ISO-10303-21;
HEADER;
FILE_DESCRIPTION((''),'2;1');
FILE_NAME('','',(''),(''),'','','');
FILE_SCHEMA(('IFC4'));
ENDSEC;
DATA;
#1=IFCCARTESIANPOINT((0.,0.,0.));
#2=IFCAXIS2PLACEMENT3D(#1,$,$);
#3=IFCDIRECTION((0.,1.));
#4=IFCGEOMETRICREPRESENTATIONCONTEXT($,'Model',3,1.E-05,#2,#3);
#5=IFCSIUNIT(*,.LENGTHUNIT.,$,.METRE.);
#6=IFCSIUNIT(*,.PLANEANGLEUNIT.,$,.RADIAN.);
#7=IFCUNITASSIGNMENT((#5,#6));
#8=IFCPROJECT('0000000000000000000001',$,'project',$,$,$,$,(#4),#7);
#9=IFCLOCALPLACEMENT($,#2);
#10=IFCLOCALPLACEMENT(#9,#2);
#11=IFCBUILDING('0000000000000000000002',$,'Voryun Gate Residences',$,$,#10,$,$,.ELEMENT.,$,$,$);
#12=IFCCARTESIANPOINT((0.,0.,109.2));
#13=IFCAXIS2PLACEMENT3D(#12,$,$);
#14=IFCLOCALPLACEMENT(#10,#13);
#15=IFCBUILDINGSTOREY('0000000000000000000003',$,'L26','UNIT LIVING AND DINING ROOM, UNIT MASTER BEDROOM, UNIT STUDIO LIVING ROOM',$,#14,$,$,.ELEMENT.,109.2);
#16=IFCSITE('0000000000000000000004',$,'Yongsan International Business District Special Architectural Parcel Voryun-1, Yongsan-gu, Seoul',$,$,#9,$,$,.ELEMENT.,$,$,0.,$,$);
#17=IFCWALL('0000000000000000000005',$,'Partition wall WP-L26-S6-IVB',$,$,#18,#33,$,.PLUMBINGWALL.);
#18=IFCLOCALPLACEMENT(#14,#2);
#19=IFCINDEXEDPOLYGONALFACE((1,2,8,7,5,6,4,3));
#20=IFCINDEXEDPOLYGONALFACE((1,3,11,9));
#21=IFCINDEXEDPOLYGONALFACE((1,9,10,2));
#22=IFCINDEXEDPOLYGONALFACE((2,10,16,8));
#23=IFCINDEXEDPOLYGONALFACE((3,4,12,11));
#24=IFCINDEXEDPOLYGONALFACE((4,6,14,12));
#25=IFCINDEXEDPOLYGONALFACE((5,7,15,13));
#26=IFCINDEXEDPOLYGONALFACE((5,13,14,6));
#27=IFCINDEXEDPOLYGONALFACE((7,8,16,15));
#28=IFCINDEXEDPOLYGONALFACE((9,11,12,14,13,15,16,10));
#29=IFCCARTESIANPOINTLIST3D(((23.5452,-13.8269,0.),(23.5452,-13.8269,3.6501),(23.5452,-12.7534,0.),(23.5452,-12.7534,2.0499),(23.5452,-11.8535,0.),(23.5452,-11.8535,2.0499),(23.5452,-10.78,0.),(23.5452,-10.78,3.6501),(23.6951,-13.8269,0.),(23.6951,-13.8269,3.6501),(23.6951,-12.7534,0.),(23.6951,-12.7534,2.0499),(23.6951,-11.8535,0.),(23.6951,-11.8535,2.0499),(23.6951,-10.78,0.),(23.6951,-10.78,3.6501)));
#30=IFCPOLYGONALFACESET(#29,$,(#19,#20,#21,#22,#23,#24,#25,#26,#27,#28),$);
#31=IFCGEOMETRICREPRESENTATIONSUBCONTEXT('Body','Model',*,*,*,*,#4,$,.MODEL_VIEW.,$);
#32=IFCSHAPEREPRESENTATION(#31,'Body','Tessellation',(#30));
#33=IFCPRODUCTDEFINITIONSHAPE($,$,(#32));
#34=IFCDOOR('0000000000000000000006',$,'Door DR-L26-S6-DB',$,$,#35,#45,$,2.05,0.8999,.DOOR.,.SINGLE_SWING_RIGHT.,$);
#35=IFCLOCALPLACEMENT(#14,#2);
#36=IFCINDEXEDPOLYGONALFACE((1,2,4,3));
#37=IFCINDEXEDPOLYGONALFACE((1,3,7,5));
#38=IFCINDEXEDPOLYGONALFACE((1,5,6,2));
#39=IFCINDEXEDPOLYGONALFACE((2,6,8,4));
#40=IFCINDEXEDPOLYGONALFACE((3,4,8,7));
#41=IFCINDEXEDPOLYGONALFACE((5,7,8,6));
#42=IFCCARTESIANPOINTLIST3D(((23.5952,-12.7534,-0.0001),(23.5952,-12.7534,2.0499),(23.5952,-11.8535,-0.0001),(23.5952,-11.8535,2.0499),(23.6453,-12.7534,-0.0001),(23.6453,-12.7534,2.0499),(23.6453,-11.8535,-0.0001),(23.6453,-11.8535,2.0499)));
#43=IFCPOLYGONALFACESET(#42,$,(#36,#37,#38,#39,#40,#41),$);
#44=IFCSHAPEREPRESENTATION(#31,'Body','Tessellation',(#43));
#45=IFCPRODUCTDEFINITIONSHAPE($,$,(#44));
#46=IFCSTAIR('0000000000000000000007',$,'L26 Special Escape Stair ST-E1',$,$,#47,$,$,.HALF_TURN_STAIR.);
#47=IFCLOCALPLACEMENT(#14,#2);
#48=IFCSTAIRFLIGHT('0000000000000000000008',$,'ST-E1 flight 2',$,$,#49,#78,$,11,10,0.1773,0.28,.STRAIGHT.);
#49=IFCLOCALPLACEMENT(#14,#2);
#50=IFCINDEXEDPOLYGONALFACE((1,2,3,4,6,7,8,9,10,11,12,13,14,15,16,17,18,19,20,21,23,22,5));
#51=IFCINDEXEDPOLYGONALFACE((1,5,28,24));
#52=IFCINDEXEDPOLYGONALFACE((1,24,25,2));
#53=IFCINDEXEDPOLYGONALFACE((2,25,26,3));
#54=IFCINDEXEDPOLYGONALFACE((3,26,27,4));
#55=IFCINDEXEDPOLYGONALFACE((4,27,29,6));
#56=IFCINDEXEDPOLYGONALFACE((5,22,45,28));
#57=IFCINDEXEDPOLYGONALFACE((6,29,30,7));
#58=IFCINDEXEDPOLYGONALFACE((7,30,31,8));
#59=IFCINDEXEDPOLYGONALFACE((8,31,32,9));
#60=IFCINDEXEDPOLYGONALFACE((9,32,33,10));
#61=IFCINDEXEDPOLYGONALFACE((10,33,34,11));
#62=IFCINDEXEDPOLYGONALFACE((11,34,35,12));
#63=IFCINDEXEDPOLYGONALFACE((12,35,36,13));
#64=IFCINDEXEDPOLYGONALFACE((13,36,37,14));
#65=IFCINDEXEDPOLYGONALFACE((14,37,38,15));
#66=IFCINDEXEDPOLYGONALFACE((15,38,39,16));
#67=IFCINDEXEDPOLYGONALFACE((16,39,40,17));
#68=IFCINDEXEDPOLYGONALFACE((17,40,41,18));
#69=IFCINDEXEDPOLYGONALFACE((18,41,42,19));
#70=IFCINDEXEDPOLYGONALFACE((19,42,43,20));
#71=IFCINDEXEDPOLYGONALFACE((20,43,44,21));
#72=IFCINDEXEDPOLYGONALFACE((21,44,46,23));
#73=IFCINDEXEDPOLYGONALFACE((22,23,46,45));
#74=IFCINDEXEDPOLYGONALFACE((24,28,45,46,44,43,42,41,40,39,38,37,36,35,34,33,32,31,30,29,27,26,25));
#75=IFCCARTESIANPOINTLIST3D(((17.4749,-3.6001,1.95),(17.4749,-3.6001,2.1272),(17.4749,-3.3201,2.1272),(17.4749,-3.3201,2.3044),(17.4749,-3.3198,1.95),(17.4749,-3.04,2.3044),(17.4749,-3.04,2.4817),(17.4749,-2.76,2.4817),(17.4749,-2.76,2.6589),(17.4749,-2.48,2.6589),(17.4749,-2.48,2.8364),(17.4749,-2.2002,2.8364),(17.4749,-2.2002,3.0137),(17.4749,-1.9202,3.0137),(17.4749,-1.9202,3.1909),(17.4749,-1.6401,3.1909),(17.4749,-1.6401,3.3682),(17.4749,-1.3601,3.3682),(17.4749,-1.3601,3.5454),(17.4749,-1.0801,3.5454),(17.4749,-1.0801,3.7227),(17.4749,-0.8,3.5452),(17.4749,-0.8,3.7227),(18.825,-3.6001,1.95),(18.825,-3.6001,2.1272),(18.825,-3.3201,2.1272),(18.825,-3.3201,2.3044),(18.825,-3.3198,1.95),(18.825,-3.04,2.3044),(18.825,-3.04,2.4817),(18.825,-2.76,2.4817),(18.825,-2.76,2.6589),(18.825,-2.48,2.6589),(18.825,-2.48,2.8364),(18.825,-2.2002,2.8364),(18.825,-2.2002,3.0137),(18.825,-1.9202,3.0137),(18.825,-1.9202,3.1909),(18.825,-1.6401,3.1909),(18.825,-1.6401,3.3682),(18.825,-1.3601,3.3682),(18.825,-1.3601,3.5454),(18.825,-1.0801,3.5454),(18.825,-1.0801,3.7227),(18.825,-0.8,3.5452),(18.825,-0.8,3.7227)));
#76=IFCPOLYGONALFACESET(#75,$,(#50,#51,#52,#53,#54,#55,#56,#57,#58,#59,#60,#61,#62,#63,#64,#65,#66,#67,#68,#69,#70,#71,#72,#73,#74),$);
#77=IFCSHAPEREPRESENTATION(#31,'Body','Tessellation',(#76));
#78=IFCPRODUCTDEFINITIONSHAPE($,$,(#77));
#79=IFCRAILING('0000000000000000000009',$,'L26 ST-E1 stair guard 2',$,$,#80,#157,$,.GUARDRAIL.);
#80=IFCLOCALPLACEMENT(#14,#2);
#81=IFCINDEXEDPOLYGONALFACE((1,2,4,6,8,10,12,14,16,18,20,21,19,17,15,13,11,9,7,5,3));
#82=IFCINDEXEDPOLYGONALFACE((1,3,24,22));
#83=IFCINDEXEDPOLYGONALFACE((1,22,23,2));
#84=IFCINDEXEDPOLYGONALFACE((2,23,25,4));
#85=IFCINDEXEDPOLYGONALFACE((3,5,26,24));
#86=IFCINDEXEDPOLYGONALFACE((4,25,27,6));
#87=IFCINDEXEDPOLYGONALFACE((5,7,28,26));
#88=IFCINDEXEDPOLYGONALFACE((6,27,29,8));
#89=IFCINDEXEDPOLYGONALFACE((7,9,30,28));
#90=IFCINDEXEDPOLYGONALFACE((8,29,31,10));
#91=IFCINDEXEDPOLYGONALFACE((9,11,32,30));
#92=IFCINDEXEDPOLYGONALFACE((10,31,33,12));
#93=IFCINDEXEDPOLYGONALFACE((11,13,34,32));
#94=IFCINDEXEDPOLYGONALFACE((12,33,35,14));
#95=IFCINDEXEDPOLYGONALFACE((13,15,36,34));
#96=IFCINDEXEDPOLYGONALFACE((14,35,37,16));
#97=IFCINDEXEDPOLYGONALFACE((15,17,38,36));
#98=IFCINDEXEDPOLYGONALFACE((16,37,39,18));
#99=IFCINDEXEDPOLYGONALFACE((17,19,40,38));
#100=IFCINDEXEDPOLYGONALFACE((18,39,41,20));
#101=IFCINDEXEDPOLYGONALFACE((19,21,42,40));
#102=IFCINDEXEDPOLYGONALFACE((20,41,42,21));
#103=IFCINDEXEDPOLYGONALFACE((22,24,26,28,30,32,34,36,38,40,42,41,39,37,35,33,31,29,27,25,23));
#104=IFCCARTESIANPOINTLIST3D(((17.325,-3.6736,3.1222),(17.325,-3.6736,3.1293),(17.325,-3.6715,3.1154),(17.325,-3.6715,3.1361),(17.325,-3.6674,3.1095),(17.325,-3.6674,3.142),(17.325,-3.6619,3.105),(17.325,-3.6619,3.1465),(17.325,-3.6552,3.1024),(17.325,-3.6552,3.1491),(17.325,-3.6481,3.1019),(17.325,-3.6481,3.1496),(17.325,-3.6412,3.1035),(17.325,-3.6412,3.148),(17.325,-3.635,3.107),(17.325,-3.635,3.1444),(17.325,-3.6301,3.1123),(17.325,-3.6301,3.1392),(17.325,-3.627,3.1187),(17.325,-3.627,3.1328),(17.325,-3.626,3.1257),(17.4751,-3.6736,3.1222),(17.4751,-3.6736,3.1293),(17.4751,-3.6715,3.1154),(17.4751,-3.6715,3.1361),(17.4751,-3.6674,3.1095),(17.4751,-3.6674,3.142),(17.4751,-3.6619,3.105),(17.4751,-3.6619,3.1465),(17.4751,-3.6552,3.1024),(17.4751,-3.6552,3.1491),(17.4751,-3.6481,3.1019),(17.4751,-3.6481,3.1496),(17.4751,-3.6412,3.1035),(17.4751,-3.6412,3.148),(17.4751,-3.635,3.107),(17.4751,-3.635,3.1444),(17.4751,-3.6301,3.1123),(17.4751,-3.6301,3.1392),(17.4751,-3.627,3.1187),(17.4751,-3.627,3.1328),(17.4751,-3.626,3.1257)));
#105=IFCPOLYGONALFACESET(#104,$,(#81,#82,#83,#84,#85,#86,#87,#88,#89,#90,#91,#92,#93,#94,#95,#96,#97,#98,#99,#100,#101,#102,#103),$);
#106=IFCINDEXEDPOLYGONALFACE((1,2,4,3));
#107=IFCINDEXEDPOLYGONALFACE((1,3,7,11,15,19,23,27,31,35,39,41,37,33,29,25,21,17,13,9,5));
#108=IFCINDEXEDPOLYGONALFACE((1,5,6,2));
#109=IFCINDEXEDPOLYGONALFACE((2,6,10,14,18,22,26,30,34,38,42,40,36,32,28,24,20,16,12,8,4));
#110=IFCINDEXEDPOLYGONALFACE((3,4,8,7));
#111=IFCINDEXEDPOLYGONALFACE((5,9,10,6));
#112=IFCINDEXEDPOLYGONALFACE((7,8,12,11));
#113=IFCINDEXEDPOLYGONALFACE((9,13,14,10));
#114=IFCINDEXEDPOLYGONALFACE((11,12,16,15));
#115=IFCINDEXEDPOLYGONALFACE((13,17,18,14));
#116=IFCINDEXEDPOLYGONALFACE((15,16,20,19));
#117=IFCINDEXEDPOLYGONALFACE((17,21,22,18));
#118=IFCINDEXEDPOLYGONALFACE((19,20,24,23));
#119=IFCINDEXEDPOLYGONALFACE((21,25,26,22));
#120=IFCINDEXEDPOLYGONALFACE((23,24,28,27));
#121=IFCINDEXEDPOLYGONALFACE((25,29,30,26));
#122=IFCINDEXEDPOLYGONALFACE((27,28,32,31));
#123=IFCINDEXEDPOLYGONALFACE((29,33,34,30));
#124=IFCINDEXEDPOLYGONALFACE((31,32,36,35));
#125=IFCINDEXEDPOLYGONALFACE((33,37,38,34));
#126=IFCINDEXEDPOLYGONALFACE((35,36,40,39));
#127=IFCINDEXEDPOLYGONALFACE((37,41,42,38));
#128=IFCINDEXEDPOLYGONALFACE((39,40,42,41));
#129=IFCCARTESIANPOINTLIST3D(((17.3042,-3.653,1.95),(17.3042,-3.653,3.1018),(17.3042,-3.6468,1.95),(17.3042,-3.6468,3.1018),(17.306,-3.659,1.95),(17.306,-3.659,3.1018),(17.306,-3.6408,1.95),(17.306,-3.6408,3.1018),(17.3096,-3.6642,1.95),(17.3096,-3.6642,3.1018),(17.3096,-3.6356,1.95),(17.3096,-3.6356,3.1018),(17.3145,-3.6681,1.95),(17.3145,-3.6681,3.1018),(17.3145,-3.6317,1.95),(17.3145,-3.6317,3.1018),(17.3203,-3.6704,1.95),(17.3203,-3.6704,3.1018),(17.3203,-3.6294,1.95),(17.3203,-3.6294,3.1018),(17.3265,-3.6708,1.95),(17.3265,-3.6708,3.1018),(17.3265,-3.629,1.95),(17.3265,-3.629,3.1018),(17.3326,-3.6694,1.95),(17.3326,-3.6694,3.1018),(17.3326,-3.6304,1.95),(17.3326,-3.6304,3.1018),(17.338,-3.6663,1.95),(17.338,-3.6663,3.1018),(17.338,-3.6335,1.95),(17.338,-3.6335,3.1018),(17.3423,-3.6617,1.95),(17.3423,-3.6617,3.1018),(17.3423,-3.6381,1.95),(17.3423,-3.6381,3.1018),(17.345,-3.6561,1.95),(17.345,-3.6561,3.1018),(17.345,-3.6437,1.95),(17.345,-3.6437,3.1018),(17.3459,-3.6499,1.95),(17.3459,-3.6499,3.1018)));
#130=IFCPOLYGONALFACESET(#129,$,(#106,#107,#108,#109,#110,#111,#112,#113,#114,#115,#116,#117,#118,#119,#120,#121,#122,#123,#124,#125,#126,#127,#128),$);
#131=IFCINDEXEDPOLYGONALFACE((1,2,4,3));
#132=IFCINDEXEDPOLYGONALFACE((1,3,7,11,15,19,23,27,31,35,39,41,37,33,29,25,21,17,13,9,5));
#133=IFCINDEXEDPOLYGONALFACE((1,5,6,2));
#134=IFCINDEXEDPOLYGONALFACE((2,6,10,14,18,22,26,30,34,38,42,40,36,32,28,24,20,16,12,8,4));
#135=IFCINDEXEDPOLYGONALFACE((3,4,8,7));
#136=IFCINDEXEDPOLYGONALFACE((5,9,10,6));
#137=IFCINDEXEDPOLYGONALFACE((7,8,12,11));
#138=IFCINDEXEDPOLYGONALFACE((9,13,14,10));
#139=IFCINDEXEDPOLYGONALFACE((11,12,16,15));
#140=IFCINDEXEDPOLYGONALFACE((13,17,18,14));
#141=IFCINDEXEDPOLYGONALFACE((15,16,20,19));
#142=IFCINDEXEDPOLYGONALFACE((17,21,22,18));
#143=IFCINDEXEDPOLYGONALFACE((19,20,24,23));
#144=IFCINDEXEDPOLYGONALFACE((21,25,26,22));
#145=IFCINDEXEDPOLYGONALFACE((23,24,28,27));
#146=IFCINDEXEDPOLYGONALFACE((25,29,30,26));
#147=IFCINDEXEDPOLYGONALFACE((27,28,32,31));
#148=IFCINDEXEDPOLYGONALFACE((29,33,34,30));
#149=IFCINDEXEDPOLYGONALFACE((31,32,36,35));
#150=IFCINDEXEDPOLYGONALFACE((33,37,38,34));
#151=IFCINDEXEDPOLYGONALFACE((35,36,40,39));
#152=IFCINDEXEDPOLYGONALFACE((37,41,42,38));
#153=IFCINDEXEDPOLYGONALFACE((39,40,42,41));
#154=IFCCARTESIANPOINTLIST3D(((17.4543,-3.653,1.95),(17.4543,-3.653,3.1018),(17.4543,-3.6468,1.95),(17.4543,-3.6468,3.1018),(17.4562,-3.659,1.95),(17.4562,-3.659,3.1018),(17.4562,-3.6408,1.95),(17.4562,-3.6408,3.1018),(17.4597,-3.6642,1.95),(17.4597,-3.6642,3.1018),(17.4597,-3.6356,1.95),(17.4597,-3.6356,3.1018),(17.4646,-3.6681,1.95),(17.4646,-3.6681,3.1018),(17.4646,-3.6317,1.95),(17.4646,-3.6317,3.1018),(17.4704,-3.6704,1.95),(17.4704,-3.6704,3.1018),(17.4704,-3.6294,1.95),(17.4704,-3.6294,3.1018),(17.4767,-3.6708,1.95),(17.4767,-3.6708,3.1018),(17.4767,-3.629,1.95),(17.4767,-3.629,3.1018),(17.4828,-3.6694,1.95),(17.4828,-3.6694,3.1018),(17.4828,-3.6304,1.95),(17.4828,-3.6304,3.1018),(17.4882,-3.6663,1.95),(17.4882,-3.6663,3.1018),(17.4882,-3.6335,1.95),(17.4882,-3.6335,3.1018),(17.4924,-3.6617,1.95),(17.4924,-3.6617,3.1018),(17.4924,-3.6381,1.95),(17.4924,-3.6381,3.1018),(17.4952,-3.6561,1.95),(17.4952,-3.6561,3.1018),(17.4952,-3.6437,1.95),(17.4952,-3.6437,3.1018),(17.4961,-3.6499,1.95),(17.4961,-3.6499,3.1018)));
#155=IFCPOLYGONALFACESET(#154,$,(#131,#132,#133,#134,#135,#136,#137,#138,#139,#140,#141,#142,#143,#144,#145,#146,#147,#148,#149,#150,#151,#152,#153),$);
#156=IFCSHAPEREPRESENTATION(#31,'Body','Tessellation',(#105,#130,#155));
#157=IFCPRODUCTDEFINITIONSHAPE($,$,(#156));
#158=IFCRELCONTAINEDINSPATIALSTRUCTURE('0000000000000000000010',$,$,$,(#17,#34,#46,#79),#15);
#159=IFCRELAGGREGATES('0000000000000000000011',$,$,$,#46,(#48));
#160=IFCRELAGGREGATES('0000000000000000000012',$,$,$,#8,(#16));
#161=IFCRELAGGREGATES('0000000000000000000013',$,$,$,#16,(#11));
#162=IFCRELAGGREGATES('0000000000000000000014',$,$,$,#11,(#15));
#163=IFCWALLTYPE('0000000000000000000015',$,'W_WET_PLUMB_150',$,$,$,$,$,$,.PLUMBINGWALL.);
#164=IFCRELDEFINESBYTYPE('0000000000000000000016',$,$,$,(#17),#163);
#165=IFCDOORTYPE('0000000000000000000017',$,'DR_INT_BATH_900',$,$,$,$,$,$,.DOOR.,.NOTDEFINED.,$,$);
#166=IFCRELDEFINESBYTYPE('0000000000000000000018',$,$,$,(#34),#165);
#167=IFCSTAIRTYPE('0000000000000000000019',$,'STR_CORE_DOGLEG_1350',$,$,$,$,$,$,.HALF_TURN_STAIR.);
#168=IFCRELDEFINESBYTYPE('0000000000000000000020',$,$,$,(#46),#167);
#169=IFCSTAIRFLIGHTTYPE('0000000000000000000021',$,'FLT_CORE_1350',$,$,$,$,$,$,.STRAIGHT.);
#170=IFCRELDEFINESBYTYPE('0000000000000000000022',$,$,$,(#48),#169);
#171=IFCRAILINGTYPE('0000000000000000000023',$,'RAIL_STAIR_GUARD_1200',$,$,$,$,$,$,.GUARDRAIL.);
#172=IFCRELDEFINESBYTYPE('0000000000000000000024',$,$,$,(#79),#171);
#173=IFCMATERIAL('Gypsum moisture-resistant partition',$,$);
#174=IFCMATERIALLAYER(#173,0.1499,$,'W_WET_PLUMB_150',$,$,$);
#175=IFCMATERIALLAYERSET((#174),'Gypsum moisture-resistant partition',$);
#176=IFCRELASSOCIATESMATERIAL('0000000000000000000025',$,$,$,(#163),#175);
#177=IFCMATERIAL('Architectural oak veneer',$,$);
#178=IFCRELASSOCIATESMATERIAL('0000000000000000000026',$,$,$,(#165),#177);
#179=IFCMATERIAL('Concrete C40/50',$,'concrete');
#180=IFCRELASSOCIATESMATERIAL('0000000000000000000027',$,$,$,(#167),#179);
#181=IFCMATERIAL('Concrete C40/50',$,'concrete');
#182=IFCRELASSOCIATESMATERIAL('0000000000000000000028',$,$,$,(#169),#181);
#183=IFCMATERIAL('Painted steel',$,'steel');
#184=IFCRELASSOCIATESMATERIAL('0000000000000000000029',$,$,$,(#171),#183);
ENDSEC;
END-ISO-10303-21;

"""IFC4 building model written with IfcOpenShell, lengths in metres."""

from ifc_helpers import new_model, si_unit, direction, frame, frame_2d, origin, origin_2d, place, context, subcontext, project, spatial, polyline, rectangle, circle, outline, extrude, material, layer, layer_set, type_object, element, fill, aggregate, save


model = new_model("IFC4")

# Units and contexts
model_context = context("Model", 3, precision=1e-05, world=origin(), true_north=direction((0.0, 1.0)))
body_context = subcontext(model_context, "Body", "Model", "MODEL_VIEW")
ifc_project = project(units=[si_unit("LENGTHUNIT", "METRE"), si_unit("PLANEANGLEUNIT", "RADIAN")], contexts=[model_context])

# Site, building, storey
site_placement = place(None, origin())
site = spatial("IfcSite", under=ifc_project, at=site_placement, Name="Yongsan International Business District Special Architectural Parcel Voryun-1, Yongsan-gu, Seoul", CompositionType="ELEMENT", RefElevation=0.0)
building_placement = place(site_placement, origin())
building = spatial("IfcBuilding", under=site, at=building_placement, Name="Voryun Gate Residences", CompositionType="ELEMENT")
storey_placement = place(building_placement, frame((0.0, 0.0, 109.2)))
storey = spatial("IfcBuildingStorey", under=building, at=storey_placement, Name="L26", Description="UNIT LIVING AND DINING ROOM, UNIT MASTER BEDROOM, UNIT STUDIO LIVING ROOM", CompositionType="ELEMENT", Elevation=109.2)

# Shared definitions
ifc_material_1 = material(Name="Gypsum moisture-resistant partition")
ifc_layer_1 = layer(ifc_material_1, 0.1499, Name="W_WET_PLUMB_150")
ifc_layer_set_1 = layer_set([ifc_layer_1], Name="Gypsum moisture-resistant partition")
wall_type_1 = type_object("IfcWallType", Name="W_WET_PLUMB_150", PredefinedType="PLUMBINGWALL", material=ifc_layer_set_1)

# Wall, opening, door
wall_1_placement = place(storey_placement, frame((23.6201, -13.8269, 0.0), z_axis=(0.0, 0.0, 1.0), x_axis=(0.0, 1.0, 0.0)))
wall_1 = element("IfcWall", 1, at=wall_1_placement, inside=storey, type_object=wall_type_1, Name="Partition wall WP-L26-S6-IVB", PredefinedType="PLUMBINGWALL", context=body_context, shape_type="SweptSolid", body=[
    extrude(rectangle(XDim=3.0469, YDim=0.1499, at=frame_2d((1.5234, 0.0))), origin(), (0.0, 0.0, 1.0), 3.6501),
])
opening_placement = place(wall_1_placement, frame((1.0735, 0.0, 0.0)))
opening = element("IfcOpeningElement", 2, at=opening_placement, cuts=wall_1, PredefinedType="OPENING", context=body_context, shape_type="SweptSolid", body=[
    extrude(rectangle(XDim=0.8999, YDim=2.05, at=frame_2d((0.45, 1.0249))), frame((0.0, 0.085, 0.0), z_axis=(0.0, -1.0, 0.0), x_axis=(1.0, 0.0, 0.0)), (0.0, 0.0, 1.0), 0.1699),
])
ifc_material_2 = material(Name="Architectural oak veneer")
door_type = type_object("IfcDoorType", Name="DR_INT_BATH_900", OperationType="NOTDEFINED", PredefinedType="DOOR", material=ifc_material_2)
door_placement = place(opening_placement, origin())
door = element("IfcDoor", 3, at=door_placement, inside=storey, type_object=door_type, Name="Door DR-L26-S6-DB", OperationType="SINGLE_SWING_RIGHT", OverallHeight=2.05, OverallWidth=0.8999, PredefinedType="DOOR", context=body_context, shape_type="SweptSolid", body=[
    extrude(rectangle(XDim=0.8999, YDim=2.05, at=frame_2d((0.45, 1.0249))), frame((0.0, 0.0249, 0.0), z_axis=(0.0, -1.0, 0.0), x_axis=(1.0, 0.0, 0.0)), (0.0, 0.0, 1.0), 0.05),
])
fill(opening, door)

# Stair, stair flight
ifc_material_3 = material(Name="Concrete C40/50", Category="concrete")
stair_type = type_object("IfcStairType", Name="STR_CORE_DOGLEG_1350", PredefinedType="HALF_TURN_STAIR", material=ifc_material_3)
stair_placement = place(storey_placement, origin())
stair = element("IfcStair", 4, at=stair_placement, inside=storey, type_object=stair_type, Name="L26 Special Escape Stair ST-E1", PredefinedType="HALF_TURN_STAIR")
ifc_material_4 = material(Name="Concrete C40/50", Category="concrete")
stair_flight_type = type_object("IfcStairFlightType", Name="FLT_CORE_1350", PredefinedType="STRAIGHT", material=ifc_material_4)
stair_flight_placement = place(storey_placement, frame((18.1499, -3.6001, 1.95), z_axis=(0.0, 0.0, 1.0), x_axis=(0.0, 1.0, 0.0)))
stair_flight = element("IfcStairFlight", 5, at=stair_flight_placement, type_object=stair_flight_type, Name="ST-E1 flight 2", NumberOfRisers=11, NumberOfTreads=10, PredefinedType="STRAIGHT", RiserHeight=0.1773, TreadLength=0.28, context=body_context, shape_type="SweptSolid", body=[
    extrude(outline(polyline([(0.0, 0.0), (0.0, 0.1772), (0.28, 0.1772), (0.28, 0.3545), (0.5601, 0.3545), (0.5601, 0.5317), (0.8401, 0.5317), (0.8401, 0.709), (1.1201, 0.709), (1.1201, 0.8865), (1.3999, 0.8865), (1.3999, 1.0637), (1.6799, 1.0637), (1.6799, 1.241), (1.96, 1.241), (1.96, 1.4182), (2.24, 1.4182), (2.24, 1.5955), (2.52, 1.5955), (2.52, 1.7727), (2.8, 1.7727), (2.8, 1.95), (2.8, 1.5952), (0.2803, 0.0), (0.0, 0.0)])), frame((0.0, 0.675, 0.0), z_axis=(0.0, -1.0, 0.0), x_axis=(1.0, 0.0, 0.0)), (0.0, 0.0, 1.0), 1.3501),
])
aggregate(stair, [stair_flight])

# Railing
ifc_material_5 = material(Name="Painted steel", Category="steel")
railing_type_1 = type_object("IfcRailingType", Name="RAIL_STAIR_GUARD_1200", PredefinedType="GUARDRAIL", material=ifc_material_5)
railing_1_placement = place(storey_placement, frame((17.325, -3.6499, 1.95)))
element("IfcRailing", 6, at=railing_1_placement, inside=storey, type_object=railing_type_1, Name="L26 ST-E1 stair guard 2", PredefinedType="GUARDRAIL", context=body_context, shape_type="SweptSolid", body=[
    extrude(circle(Radius=0.0239, at=origin_2d()), frame((0.0, 0.0, 1.1758), z_axis=(1.0, 0.0, 0.0), x_axis=(0.0, 1.0, 0.0)), (0.0, 0.0, 1.0), 0.1501),
    extrude(circle(Radius=0.021, at=origin_2d()), origin(), (0.0, 0.0, 1.0), 1.1519),
    extrude(circle(Radius=0.021, at=origin_2d()), frame((0.1501, 0.0, 0.0)), (0.0, 0.0, 1.0), 1.1519),
])

save(model, "model.ifc")
